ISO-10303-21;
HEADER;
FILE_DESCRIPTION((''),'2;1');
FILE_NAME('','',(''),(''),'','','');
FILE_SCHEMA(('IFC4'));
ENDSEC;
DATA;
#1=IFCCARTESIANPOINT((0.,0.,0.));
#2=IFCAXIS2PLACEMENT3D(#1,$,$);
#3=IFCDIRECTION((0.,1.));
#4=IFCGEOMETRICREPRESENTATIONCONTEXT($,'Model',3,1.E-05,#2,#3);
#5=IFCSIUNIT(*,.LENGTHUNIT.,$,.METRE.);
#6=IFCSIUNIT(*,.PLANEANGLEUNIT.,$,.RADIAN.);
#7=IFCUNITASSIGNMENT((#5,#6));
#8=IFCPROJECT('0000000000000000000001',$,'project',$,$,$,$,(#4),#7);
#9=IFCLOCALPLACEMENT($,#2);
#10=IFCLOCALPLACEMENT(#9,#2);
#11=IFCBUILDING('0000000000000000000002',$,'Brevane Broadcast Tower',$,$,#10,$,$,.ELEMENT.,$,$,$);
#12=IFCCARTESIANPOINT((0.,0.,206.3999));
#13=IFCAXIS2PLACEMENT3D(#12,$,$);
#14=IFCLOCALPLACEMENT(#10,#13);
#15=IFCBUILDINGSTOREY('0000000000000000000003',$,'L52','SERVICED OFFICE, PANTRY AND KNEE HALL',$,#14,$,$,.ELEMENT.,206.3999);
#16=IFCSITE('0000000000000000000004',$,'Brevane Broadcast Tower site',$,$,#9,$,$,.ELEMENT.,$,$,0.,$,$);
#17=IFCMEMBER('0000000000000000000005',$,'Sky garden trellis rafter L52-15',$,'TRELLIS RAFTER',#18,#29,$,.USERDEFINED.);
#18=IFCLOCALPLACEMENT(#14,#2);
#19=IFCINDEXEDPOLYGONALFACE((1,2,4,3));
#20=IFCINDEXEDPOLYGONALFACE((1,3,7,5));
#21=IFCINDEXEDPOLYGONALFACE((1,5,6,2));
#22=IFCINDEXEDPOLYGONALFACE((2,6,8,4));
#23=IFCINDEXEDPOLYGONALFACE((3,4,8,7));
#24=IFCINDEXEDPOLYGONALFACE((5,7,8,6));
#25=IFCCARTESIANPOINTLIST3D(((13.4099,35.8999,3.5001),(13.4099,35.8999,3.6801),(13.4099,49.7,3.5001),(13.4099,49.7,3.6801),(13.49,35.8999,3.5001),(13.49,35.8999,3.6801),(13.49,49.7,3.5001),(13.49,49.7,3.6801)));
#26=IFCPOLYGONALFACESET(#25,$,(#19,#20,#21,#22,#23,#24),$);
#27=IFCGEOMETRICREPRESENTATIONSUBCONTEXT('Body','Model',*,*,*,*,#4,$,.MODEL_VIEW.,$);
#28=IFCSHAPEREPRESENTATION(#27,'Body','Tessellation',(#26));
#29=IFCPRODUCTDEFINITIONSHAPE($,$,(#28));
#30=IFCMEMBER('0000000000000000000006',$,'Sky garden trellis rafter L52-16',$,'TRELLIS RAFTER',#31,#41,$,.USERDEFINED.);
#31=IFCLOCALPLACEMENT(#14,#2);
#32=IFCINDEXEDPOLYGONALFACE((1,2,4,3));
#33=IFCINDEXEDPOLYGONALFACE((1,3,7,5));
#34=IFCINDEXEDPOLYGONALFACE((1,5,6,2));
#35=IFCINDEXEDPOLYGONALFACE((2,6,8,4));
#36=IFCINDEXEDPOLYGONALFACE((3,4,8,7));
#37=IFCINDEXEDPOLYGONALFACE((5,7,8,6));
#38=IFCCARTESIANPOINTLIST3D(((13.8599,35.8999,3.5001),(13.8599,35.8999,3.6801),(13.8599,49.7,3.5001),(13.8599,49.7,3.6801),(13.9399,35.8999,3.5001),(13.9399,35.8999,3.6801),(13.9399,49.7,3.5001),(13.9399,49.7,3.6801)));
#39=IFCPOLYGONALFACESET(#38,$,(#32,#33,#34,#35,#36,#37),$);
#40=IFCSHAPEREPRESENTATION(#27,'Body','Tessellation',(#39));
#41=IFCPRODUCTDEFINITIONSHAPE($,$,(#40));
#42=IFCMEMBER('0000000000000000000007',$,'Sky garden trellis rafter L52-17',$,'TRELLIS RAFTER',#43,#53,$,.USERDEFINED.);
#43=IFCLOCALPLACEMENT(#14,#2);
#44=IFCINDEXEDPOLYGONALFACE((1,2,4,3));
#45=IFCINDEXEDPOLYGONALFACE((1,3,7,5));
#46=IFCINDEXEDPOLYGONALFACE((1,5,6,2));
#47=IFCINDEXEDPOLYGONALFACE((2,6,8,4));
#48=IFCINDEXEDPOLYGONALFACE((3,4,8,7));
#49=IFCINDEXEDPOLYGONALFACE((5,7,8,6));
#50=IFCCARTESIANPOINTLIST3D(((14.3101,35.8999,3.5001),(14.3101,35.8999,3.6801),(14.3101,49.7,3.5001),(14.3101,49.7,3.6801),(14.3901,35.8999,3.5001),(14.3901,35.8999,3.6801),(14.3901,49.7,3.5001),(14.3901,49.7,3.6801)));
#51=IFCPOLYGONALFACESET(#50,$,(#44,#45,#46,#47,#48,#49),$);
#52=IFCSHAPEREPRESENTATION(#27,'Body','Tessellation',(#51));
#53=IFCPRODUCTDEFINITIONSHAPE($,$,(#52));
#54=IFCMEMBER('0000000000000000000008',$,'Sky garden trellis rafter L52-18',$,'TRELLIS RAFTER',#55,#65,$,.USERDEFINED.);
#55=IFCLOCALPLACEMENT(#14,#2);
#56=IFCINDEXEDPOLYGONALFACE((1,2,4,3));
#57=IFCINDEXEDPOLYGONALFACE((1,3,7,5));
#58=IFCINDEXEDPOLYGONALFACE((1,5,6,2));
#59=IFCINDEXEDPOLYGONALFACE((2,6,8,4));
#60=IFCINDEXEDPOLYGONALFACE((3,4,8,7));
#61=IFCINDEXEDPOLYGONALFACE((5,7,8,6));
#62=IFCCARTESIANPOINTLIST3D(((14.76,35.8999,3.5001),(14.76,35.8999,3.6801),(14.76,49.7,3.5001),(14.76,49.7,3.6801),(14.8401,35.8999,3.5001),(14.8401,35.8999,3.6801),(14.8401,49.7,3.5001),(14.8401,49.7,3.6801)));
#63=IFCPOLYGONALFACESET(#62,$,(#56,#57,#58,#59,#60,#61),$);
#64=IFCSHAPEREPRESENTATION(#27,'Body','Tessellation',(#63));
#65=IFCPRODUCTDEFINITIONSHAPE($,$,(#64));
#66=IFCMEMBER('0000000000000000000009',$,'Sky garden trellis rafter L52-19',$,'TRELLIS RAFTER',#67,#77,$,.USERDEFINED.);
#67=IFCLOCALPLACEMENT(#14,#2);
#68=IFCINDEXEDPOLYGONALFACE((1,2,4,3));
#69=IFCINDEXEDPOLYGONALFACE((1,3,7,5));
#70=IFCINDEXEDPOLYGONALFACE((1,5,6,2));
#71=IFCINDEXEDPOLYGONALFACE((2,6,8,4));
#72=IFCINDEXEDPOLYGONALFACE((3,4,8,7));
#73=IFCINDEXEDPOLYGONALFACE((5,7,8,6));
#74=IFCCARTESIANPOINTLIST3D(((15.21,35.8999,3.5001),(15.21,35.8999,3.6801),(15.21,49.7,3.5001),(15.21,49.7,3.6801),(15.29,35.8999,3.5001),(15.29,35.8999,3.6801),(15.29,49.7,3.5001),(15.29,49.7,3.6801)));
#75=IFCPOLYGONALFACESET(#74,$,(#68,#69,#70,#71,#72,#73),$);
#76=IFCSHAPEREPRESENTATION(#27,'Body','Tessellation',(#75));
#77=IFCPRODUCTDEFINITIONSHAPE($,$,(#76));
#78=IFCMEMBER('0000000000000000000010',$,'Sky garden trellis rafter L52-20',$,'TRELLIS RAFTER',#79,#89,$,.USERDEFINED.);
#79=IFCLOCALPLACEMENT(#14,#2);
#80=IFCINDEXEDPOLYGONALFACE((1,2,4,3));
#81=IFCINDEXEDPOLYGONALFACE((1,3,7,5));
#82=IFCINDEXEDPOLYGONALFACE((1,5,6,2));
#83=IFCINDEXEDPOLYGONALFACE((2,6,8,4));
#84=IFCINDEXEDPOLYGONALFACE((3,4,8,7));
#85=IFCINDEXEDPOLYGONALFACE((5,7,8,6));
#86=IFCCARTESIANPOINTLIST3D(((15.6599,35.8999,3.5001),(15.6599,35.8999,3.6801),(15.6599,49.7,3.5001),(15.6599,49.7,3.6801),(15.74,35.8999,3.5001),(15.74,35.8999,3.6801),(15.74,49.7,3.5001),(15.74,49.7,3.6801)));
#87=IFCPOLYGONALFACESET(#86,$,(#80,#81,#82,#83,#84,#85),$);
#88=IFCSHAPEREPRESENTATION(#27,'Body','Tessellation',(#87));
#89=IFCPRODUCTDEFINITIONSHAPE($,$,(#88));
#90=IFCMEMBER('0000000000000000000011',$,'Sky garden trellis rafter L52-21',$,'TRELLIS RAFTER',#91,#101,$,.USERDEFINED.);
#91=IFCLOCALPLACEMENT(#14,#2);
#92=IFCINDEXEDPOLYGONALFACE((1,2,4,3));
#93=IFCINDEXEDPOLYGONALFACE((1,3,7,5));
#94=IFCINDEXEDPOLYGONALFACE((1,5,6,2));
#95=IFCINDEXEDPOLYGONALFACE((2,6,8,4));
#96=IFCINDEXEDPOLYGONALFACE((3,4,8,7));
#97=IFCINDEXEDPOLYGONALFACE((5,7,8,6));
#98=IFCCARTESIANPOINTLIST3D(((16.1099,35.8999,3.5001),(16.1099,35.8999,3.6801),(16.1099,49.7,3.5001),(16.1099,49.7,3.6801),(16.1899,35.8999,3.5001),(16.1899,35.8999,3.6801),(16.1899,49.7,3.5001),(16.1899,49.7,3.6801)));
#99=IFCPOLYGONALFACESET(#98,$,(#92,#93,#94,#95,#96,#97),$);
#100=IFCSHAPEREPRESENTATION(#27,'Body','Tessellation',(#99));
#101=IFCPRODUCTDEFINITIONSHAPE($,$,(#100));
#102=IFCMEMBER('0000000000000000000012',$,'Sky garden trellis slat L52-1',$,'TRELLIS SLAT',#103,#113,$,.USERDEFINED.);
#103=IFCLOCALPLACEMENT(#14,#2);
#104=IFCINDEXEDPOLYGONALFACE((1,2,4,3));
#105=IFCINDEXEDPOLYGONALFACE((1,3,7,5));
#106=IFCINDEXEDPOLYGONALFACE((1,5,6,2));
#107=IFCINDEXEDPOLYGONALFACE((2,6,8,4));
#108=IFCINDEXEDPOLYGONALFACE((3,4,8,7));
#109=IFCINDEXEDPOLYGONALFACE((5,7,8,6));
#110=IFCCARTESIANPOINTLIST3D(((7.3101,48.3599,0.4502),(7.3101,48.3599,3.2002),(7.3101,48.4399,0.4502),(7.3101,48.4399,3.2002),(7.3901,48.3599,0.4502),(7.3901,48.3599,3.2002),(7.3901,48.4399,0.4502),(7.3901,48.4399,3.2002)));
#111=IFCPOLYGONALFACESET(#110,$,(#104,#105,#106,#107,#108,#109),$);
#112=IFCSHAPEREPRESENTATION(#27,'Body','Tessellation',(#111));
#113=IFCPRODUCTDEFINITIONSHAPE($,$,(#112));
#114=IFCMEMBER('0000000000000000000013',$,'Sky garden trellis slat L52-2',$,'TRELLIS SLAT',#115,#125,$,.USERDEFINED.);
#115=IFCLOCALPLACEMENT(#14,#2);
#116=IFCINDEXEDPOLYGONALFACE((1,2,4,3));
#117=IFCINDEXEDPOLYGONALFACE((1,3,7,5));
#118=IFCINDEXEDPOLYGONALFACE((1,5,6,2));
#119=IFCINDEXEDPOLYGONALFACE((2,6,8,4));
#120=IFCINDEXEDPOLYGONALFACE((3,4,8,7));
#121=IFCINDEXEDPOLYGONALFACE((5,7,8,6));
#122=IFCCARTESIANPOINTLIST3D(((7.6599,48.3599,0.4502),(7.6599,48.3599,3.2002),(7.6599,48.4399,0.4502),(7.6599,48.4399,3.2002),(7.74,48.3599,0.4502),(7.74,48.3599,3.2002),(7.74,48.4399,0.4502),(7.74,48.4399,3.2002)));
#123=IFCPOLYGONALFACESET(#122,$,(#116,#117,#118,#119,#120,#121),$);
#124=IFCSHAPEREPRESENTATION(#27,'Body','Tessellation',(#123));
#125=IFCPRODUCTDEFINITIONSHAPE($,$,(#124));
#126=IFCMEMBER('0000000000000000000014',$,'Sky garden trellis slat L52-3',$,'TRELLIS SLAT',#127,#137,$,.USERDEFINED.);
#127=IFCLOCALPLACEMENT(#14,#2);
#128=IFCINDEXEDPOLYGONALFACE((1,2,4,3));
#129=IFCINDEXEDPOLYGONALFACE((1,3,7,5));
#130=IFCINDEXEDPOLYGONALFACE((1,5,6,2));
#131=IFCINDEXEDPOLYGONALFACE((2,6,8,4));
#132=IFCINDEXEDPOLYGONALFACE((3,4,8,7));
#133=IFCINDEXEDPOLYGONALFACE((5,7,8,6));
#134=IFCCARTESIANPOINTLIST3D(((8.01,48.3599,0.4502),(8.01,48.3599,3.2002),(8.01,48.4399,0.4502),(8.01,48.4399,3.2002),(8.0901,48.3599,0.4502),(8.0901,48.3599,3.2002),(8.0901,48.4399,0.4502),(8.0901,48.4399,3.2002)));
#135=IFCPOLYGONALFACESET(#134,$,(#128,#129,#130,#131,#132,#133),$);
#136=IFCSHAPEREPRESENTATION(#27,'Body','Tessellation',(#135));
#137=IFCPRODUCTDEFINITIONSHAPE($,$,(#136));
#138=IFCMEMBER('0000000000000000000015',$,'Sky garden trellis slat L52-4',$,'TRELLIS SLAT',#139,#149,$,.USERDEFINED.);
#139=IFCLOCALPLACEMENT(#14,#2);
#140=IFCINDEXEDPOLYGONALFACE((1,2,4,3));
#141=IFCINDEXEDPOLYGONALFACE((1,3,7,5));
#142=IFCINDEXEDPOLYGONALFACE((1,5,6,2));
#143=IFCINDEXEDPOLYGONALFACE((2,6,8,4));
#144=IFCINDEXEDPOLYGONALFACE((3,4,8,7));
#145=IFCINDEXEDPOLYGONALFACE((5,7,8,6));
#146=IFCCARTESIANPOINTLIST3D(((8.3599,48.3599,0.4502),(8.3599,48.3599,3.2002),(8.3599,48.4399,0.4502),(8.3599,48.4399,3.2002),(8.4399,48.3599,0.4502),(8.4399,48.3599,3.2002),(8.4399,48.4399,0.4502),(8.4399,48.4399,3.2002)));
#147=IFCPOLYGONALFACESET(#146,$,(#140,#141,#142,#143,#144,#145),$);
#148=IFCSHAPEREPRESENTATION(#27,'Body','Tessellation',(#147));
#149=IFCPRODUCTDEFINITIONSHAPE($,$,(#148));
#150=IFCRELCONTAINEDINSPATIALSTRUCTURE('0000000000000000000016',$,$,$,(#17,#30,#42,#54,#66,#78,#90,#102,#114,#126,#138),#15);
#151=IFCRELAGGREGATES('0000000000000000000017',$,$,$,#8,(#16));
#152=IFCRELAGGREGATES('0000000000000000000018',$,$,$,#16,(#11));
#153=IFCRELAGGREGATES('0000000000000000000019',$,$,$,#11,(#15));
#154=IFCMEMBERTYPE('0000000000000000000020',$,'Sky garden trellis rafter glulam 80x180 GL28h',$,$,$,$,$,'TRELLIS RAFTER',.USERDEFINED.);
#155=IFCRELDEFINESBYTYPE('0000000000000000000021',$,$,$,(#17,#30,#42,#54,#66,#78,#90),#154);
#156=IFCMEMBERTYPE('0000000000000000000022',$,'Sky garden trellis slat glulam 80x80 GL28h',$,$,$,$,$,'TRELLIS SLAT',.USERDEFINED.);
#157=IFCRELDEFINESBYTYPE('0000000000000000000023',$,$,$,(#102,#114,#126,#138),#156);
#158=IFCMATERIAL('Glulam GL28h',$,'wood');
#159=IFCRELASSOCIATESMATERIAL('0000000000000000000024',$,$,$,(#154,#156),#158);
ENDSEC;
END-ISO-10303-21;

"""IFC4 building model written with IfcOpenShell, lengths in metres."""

from ifc_helpers import new_model, si_unit, direction, frame, origin, origin_2d, place, context, subcontext, project, spatial, rectangle, extrude, material, material_profile, profile_set, type_object, element, save


model = new_model("IFC4")

# Units and contexts
model_context = context("Model", 3, precision=1e-05, world=origin(), true_north=direction((0.0, 1.0)))
body_context = subcontext(model_context, "Body", "Model", "MODEL_VIEW")
ifc_project = project(units=[si_unit("LENGTHUNIT", "METRE"), si_unit("PLANEANGLEUNIT", "RADIAN")], contexts=[model_context])

# Site, building, storey
site_placement = place(None, origin())
site = spatial("IfcSite", under=ifc_project, at=site_placement, Name="Brevane Broadcast Tower site", CompositionType="ELEMENT", RefElevation=0.0)
building_placement = place(site_placement, origin())
building = spatial("IfcBuilding", under=site, at=building_placement, Name="Brevane Broadcast Tower", CompositionType="ELEMENT")
storey_placement = place(building_placement, frame((0.0, 0.0, 206.3999)))
storey = spatial("IfcBuildingStorey", under=building, at=storey_placement, Name="L52", Description="SERVICED OFFICE, PANTRY AND KNEE HALL", CompositionType="ELEMENT", Elevation=206.3999)

# Members
ifc_material_1 = material(Name="Glulam GL28h", Category="wood")
ifc_material_profile_1 = material_profile(ifc_material_1, rectangle(XDim=0.0801, YDim=0.1799, at=origin_2d()), Name="RECT 80x180")
ifc_profile_set_1 = profile_set([ifc_material_profile_1], Name="Glulam GL28h")
member_type_1 = type_object("IfcMemberType", Name="Sky garden trellis rafter glulam 80x180 GL28h", ElementType="TRELLIS RAFTER", PredefinedType="USERDEFINED", material=ifc_profile_set_1)
for number, where, z_axis, x_axis, name in (
    (1, (13.45, 35.8999, 3.5901), (0.0, 1.0, 0.0), (-1.0, 0.0, 0.0), "Sky garden trellis rafter L52-15"),
    (2, (13.8999, 35.8999, 3.5901), (0.0, 1.0, 0.0), (-1.0, 0.0, 0.0), "Sky garden trellis rafter L52-16"),
    (3, (14.3501, 35.8999, 3.5901), (0.0, 1.0, 0.0), (-1.0, 0.0, 0.0), "Sky garden trellis rafter L52-17"),
    (4, (14.8, 35.8999, 3.5901), (0.0, 1.0, 0.0), (-1.0, 0.0, 0.0), "Sky garden trellis rafter L52-18"),
    (5, (15.25, 35.8999, 3.5901), (0.0, 1.0, 0.0), (-1.0, 0.0, 0.0), "Sky garden trellis rafter L52-19"),
    (6, (15.7, 35.8999, 3.5901), (0.0, 1.0, 0.0), (-1.0, 0.0, 0.0), "Sky garden trellis rafter L52-20"),
    (7, (16.1499, 35.8999, 3.5901), (0.0, 1.0, 0.0), (-1.0, 0.0, 0.0), "Sky garden trellis rafter L52-21"),
):
    element("IfcMember", number, at=place(storey_placement, frame(where, z_axis=z_axis, x_axis=x_axis)), inside=storey, type_object=member_type_1, Name=name, ObjectType="TRELLIS RAFTER", PredefinedType="USERDEFINED", context=body_context, shape_type="SweptSolid", body=[
        extrude(rectangle(XDim=0.0801, YDim=0.1799, at=origin_2d()), origin(), (0.0, 0.0, 1.0), 13.8),
    ])
ifc_material_profile_2 = material_profile(ifc_material_1, rectangle(XDim=0.0801, YDim=0.0801, at=origin_2d()), Name="RECT 80x80")
ifc_profile_set_2 = profile_set([ifc_material_profile_2], Name="Glulam GL28h")
member_type_2 = type_object("IfcMemberType", Name="Sky garden trellis slat glulam 80x80 GL28h", ElementType="TRELLIS SLAT", PredefinedType="USERDEFINED", material=ifc_profile_set_2)
for number, where, z_axis, x_axis, name in (
    (8, (7.3501, 48.3999, 0.4502), (0.0, 0.0, 1.0), (1.0, 0.0, 0.0), "Sky garden trellis slat L52-1"),
    (9, (7.7, 48.3999, 0.4502), (0.0, 0.0, 1.0), (1.0, 0.0, 0.0), "Sky garden trellis slat L52-2"),
    (10, (8.05, 48.3999, 0.4502), (0.0, 0.0, 1.0), (1.0, 0.0, 0.0), "Sky garden trellis slat L52-3"),
    (11, (8.3999, 48.3999, 0.4502), (0.0, 0.0, 1.0), (1.0, 0.0, 0.0), "Sky garden trellis slat L52-4"),
):
    element("IfcMember", number, at=place(storey_placement, frame(where, z_axis=z_axis, x_axis=x_axis)), inside=storey, type_object=member_type_2, Name=name, ObjectType="TRELLIS SLAT", PredefinedType="USERDEFINED", context=body_context, shape_type="SweptSolid", body=[
        extrude(rectangle(XDim=0.0801, YDim=0.0801, at=origin_2d()), origin(), (0.0, 0.0, 1.0), 2.75),
    ])

save(model, "model.ifc")
